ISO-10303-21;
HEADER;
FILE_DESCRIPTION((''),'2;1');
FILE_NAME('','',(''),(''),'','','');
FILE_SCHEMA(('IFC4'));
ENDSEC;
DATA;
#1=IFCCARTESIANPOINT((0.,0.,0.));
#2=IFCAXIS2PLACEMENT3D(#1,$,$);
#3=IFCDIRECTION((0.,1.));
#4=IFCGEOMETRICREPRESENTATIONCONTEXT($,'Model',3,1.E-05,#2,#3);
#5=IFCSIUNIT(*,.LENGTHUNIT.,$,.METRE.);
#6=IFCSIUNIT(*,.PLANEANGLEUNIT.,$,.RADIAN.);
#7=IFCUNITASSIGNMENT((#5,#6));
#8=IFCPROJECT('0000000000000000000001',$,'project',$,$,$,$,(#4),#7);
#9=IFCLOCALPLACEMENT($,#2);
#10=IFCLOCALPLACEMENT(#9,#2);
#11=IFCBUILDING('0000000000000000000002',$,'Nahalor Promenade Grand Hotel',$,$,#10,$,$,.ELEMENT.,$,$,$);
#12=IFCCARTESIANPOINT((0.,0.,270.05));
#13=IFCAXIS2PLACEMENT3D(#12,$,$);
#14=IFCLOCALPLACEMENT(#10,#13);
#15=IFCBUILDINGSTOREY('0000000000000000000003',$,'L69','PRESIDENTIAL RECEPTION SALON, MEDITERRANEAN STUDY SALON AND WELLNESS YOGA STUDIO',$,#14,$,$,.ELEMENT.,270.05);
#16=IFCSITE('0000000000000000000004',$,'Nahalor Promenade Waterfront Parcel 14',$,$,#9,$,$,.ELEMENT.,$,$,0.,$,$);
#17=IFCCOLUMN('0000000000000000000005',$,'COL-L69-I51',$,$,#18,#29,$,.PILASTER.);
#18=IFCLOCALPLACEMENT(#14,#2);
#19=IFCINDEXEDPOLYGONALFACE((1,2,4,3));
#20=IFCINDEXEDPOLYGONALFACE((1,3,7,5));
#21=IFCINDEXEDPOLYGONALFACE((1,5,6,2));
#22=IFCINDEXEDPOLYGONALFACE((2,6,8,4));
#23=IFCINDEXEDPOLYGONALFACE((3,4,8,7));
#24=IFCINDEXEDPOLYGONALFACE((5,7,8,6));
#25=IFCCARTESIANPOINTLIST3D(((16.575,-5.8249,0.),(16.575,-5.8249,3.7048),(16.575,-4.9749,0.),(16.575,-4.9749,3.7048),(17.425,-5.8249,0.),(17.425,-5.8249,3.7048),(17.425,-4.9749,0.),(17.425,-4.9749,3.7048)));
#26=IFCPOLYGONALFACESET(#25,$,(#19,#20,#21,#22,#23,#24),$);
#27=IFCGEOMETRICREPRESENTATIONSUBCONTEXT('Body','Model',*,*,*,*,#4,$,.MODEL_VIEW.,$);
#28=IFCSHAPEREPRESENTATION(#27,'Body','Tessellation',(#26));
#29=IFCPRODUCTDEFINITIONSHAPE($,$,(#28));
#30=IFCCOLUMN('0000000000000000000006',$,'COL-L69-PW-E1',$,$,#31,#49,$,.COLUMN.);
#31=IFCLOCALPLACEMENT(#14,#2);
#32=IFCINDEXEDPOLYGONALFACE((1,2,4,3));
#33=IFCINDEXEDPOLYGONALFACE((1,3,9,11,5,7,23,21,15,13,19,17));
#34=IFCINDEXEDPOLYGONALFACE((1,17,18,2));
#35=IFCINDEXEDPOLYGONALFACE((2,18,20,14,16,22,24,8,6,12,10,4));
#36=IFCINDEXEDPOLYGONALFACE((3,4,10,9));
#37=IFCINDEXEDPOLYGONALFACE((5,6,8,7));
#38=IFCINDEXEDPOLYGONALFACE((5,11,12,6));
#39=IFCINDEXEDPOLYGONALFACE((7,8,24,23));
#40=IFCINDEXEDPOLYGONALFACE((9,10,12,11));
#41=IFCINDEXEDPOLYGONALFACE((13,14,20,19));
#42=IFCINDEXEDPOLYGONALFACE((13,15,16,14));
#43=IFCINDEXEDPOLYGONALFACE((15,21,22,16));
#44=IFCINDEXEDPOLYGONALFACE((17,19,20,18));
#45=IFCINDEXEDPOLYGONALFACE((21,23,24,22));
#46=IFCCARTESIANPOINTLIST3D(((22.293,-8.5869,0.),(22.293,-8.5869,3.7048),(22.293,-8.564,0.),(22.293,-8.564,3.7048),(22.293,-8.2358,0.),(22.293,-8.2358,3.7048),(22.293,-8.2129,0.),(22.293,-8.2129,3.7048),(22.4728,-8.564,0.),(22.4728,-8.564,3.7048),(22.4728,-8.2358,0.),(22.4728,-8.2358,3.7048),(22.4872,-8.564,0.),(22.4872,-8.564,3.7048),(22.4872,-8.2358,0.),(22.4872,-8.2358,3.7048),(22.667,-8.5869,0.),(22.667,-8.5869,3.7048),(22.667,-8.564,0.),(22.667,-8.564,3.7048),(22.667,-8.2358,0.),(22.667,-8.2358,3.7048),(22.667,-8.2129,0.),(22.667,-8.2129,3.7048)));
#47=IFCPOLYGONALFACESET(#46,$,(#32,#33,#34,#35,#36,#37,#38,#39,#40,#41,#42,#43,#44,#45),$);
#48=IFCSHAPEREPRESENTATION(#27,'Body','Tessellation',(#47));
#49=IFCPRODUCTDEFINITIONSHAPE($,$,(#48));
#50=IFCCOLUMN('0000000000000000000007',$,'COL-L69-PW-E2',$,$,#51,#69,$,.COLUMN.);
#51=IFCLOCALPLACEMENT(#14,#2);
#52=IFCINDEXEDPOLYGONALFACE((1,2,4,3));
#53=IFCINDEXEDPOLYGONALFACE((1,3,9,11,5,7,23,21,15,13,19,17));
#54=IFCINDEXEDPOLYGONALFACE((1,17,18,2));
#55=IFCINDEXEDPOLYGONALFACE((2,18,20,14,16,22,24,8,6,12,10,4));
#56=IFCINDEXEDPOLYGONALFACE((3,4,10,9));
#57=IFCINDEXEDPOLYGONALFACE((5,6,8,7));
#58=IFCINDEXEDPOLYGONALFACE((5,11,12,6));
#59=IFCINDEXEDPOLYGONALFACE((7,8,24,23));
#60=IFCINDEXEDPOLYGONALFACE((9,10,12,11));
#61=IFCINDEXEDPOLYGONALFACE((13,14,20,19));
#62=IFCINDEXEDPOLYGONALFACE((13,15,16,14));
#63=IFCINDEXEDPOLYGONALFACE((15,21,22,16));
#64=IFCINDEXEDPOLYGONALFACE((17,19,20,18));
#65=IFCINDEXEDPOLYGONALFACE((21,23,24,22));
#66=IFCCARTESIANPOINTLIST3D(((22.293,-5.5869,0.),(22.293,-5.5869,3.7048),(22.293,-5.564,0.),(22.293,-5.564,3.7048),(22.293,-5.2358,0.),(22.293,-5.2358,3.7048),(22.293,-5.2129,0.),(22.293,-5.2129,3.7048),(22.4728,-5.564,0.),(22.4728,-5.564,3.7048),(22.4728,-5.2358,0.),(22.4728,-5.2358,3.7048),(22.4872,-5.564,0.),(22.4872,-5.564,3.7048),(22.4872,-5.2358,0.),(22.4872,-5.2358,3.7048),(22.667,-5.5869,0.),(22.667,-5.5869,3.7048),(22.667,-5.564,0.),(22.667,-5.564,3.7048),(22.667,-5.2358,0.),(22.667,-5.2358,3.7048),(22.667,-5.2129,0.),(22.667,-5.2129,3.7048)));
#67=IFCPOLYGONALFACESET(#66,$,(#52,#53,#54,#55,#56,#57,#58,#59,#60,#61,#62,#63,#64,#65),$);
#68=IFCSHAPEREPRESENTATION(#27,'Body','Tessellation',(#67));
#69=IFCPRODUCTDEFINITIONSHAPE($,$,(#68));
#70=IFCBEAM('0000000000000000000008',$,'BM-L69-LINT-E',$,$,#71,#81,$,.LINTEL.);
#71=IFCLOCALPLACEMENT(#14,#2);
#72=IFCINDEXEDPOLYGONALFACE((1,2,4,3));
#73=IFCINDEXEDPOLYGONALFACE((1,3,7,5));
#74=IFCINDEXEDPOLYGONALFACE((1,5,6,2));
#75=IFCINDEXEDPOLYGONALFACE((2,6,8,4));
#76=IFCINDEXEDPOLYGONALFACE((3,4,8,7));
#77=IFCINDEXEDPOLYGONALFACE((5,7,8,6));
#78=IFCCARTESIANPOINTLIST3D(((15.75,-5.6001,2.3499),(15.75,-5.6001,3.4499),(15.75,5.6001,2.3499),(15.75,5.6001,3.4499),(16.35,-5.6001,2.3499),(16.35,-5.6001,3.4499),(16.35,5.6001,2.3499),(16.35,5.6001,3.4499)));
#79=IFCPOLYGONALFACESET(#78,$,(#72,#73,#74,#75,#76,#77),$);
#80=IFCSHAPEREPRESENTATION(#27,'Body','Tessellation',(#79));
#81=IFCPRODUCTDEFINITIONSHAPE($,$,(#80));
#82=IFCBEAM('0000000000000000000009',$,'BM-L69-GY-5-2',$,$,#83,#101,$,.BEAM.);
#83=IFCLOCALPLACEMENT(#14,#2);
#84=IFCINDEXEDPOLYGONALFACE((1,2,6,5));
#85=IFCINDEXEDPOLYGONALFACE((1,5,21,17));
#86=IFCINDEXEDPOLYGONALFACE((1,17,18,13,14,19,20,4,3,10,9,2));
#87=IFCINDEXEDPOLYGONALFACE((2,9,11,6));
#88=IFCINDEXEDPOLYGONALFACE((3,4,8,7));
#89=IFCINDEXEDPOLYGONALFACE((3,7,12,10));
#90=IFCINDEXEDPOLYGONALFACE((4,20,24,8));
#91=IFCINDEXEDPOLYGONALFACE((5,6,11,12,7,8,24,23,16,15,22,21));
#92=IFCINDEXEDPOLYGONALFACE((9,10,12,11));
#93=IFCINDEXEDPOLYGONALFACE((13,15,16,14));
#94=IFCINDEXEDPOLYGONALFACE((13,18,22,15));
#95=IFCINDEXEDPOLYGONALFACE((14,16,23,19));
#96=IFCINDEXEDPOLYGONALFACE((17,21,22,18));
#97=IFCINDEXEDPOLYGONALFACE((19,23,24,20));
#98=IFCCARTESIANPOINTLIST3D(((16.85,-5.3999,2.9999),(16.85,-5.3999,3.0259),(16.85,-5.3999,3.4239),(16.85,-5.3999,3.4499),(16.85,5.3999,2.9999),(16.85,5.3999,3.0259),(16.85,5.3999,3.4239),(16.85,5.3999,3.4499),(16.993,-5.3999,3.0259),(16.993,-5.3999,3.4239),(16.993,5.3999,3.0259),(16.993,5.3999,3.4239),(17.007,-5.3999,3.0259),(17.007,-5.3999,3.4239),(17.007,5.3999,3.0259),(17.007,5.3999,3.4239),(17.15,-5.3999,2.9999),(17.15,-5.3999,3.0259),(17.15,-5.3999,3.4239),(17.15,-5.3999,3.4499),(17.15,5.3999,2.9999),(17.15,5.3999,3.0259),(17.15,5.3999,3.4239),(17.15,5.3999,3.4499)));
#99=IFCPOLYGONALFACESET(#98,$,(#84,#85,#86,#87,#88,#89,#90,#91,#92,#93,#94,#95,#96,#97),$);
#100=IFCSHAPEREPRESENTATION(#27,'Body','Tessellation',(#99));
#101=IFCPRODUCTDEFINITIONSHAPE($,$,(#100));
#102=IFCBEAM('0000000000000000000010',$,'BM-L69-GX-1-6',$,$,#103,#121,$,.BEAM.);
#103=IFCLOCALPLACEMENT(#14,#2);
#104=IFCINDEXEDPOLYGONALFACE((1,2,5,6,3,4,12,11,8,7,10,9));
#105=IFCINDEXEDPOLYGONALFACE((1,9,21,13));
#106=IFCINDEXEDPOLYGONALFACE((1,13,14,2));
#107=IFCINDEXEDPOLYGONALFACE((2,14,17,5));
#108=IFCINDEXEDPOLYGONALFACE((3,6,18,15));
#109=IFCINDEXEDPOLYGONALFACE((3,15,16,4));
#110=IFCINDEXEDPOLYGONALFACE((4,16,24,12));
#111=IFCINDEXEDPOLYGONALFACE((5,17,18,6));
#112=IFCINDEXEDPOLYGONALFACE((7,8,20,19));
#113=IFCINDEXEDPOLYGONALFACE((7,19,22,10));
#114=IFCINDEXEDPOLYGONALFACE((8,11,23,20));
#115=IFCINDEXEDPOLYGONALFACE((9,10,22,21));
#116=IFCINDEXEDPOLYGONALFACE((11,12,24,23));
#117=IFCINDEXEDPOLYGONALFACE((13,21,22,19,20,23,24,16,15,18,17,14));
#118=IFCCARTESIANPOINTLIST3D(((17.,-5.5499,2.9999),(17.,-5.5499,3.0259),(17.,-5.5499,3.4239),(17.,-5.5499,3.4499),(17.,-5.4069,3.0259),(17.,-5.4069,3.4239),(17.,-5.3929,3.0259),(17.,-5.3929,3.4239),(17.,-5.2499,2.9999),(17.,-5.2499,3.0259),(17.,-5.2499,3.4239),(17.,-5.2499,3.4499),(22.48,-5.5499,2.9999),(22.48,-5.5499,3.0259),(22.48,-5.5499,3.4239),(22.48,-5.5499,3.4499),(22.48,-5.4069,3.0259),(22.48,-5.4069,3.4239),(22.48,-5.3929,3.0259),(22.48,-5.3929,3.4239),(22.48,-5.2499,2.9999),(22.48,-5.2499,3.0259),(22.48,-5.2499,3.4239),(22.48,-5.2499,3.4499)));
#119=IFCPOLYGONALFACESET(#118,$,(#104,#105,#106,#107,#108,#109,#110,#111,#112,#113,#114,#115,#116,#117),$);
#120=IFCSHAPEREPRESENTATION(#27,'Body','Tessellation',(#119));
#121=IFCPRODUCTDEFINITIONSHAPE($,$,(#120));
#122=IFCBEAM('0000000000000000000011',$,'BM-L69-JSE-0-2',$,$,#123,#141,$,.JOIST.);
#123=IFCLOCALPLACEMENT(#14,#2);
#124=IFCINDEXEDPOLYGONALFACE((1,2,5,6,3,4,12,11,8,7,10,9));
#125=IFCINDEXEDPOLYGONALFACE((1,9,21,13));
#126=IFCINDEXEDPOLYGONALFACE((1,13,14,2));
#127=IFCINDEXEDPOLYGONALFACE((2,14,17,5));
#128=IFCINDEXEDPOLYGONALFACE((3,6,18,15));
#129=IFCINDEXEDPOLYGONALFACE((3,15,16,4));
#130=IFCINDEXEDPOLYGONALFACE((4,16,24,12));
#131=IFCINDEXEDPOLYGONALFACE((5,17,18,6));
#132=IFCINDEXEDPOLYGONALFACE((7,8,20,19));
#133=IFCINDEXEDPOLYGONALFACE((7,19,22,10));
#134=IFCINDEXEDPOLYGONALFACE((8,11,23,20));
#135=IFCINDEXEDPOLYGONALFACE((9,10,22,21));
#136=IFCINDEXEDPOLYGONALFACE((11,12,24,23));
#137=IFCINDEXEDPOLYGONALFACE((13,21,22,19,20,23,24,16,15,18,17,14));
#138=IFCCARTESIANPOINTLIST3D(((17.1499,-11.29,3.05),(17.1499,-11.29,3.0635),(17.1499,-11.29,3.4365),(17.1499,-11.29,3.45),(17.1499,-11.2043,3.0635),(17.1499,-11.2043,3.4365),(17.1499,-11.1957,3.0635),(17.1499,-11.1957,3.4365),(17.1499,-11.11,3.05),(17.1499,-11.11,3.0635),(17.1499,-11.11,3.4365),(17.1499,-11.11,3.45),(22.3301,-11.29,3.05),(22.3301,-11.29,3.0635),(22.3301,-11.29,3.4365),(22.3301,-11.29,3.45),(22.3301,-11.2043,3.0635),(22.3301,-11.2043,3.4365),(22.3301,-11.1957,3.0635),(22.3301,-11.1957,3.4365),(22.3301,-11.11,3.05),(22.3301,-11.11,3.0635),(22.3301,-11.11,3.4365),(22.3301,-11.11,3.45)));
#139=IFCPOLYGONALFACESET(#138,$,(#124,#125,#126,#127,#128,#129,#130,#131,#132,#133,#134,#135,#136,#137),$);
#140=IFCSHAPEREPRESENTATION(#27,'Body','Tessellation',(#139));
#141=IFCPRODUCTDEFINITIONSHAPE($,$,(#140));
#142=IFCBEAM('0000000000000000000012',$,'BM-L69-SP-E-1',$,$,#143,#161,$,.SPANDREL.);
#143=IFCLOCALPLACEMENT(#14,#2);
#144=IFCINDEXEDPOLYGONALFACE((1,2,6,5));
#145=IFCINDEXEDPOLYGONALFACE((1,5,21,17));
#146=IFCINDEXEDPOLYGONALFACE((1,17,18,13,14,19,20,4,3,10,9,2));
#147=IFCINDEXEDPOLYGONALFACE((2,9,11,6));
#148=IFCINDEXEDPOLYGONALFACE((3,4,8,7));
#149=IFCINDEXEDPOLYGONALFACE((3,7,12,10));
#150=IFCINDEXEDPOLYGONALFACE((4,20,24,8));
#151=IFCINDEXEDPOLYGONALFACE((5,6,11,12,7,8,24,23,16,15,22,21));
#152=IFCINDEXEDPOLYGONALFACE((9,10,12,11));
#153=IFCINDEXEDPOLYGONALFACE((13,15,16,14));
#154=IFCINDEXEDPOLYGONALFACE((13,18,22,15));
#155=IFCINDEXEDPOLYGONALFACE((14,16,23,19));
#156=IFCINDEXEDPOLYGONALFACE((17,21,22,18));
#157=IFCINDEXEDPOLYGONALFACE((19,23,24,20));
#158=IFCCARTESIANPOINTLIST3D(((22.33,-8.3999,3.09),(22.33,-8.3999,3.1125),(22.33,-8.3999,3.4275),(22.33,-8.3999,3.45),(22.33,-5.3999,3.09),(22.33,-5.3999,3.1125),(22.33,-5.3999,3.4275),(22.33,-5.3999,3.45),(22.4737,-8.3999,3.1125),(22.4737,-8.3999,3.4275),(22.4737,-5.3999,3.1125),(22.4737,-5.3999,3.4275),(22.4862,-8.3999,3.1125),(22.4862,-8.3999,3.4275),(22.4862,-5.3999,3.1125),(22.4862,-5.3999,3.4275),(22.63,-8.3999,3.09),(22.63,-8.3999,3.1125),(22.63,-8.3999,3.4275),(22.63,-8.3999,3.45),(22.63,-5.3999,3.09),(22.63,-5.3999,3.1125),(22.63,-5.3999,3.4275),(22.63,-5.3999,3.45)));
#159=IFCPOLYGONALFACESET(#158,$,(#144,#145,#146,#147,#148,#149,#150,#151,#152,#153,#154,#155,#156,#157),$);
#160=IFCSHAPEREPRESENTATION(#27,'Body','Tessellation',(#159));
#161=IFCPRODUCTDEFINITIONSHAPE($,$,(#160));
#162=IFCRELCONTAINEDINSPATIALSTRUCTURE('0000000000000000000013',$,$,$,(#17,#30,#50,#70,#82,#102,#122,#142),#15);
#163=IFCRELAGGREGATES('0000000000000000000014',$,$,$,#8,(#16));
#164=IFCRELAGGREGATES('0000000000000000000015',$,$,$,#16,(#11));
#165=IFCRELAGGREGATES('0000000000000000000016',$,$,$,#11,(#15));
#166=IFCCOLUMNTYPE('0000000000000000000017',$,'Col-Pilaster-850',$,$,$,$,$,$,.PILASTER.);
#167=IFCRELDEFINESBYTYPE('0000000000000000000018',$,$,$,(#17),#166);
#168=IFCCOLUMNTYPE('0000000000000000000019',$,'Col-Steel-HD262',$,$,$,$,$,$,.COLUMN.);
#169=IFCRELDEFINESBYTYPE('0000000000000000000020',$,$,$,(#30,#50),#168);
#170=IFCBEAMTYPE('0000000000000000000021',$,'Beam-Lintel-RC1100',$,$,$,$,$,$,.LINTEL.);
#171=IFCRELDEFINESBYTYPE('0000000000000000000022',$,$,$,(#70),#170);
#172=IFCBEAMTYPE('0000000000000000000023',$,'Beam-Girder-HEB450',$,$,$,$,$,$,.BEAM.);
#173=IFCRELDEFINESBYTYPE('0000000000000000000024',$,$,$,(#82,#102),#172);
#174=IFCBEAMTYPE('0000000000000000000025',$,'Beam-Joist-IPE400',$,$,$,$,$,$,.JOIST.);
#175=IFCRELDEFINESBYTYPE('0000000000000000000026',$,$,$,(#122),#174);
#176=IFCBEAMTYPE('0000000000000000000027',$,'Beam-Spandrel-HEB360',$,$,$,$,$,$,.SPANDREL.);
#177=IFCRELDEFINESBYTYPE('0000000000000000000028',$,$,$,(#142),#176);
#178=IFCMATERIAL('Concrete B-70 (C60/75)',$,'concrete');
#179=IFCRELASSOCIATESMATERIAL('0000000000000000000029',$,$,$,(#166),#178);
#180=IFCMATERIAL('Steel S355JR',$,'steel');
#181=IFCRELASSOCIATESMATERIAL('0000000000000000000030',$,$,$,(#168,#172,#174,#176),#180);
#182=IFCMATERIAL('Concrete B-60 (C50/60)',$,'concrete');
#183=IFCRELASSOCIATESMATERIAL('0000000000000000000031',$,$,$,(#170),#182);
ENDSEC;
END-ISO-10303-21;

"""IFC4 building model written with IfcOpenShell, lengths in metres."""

from ifc_helpers import new_model, si_unit, direction, frame, origin, origin_2d, place, context, subcontext, project, spatial, rectangle, i_section, extrude, source, transform, mapped, material, material_profile, profile_set, type_object, element, save


model = new_model("IFC4")

# Units and contexts
model_context = context("Model", 3, precision=1e-05, world=origin(), true_north=direction((0.0, 1.0)))
body_context = subcontext(model_context, "Body", "Model", "MODEL_VIEW")
ifc_project = project(units=[si_unit("LENGTHUNIT", "METRE"), si_unit("PLANEANGLEUNIT", "RADIAN")], contexts=[model_context])

# Site, building, storey
site_placement = place(None, origin())
site = spatial("IfcSite", under=ifc_project, at=site_placement, Name="Nahalor Promenade Waterfront Parcel 14", CompositionType="ELEMENT", RefElevation=0.0)
building_placement = place(site_placement, origin())
building = spatial("IfcBuilding", under=site, at=building_placement, Name="Nahalor Promenade Grand Hotel", CompositionType="ELEMENT")
storey_placement = place(building_placement, frame((0.0, 0.0, 270.05)))
storey = spatial("IfcBuildingStorey", under=building, at=storey_placement, Name="L69", Description="PRESIDENTIAL RECEPTION SALON, MEDITERRANEAN STUDY SALON AND WELLNESS YOGA STUDIO", CompositionType="ELEMENT", Elevation=270.05)

# Columns
ifc_material_1 = material(Name="Concrete B-70 (C60/75)", Category="concrete")
ifc_material_profile_1 = material_profile(ifc_material_1, rectangle(XDim=0.85, YDim=0.85, at=origin_2d()), Name="RC 850x850")
ifc_profile_set_1 = profile_set([ifc_material_profile_1], Name="Concrete B-70 (C60/75)")
column_type_1 = type_object("IfcColumnType", Name="Col-Pilaster-850", PredefinedType="PILASTER", material=ifc_profile_set_1)
shared_shape_1 = source(origin(), body_context, "Body", "SweptSolid", [
    extrude(rectangle(XDim=0.85, YDim=0.85, at=origin_2d()), origin(), (0.0, 0.0, 1.0), 3.7048),
])
column_placement = place(storey_placement, frame((17.0, -5.3999, 0.0), z_axis=(0.0, 0.0, 1.0), x_axis=(1.0, 0.0, 0.0)))
element("IfcColumn", 1, at=column_placement, inside=storey, type_object=column_type_1, Name="COL-L69-I51", PredefinedType="PILASTER", context=body_context, shape_type="MappedRepresentation", body=[
    mapped(shared_shape_1, transform((0.0, 0.0, 0.0), scale=1.0)),
])
ifc_material_2 = material(Name="Steel S355JR", Category="steel")
ifc_material_profile_2 = material_profile(ifc_material_2, i_section(OverallWidth=0.374, OverallDepth=0.374, WebThickness=0.0144, FlangeThickness=0.0229, at=origin_2d()), Name="HD 360x262")
ifc_profile_set_2 = profile_set([ifc_material_profile_2], Name="Steel S355JR")
column_type_2 = type_object("IfcColumnType", Name="Col-Steel-HD262", PredefinedType="COLUMN", material=ifc_profile_set_2)
shared_shape_2 = source(origin(), body_context, "Body", "SweptSolid", [
    extrude(i_section(OverallWidth=0.374, OverallDepth=0.374, WebThickness=0.0144, FlangeThickness=0.0229, at=origin_2d()), origin(), (0.0, 0.0, 1.0), 3.7048),
])
for number, where, z_axis, x_axis, name in (
    (2, (22.48, -8.3999, 0.0), (0.0, 0.0, 1.0), (1.0, 0.0, 0.0), "COL-L69-PW-E1"),
    (3, (22.48, -5.3999, 0.0), (0.0, 0.0, 1.0), (1.0, 0.0, 0.0), "COL-L69-PW-E2"),
):
    element("IfcColumn", number, at=place(storey_placement, frame(where, z_axis=z_axis, x_axis=x_axis)), inside=storey, type_object=column_type_2, Name=name, PredefinedType="COLUMN", context=body_context, shape_type="MappedRepresentation", body=[
        mapped(shared_shape_2, transform((0.0, 0.0, 0.0), scale=1.0)),
    ])

# Beams
ifc_material_3 = material(Name="Concrete B-60 (C50/60)", Category="concrete")
ifc_material_profile_3 = material_profile(ifc_material_3, rectangle(XDim=0.6, YDim=1.1, at=origin_2d()), Name="RC 600x1100")
ifc_profile_set_3 = profile_set([ifc_material_profile_3], Name="Concrete B-60 (C50/60)")
beam_type_1 = type_object("IfcBeamType", Name="Beam-Lintel-RC1100", PredefinedType="LINTEL", material=ifc_profile_set_3)
shared_shape_3 = source(origin(), body_context, "Body", "SweptSolid", [
    extrude(rectangle(XDim=0.6, YDim=1.1, at=origin_2d()), origin(), (0.0, 0.0, 1.0), 11.2002),
])
beam_1_placement = place(storey_placement, frame((16.05, -5.6001, 2.8999), z_axis=(0.0, 1.0, 0.0), x_axis=(-1.0, 0.0, 0.0)))
element("IfcBeam", 4, at=beam_1_placement, inside=storey, type_object=beam_type_1, Name="BM-L69-LINT-E", PredefinedType="LINTEL", context=body_context, shape_type="MappedRepresentation", body=[
    mapped(shared_shape_3, transform((0.0, 0.0, 0.0), scale=1.0)),
])
ifc_material_profile_4 = material_profile(ifc_material_2, i_section(OverallWidth=0.3, OverallDepth=0.45, WebThickness=0.014, FlangeThickness=0.026, at=origin_2d()), Name="HEB 450")
ifc_profile_set_4 = profile_set([ifc_material_profile_4], Name="Steel S355JR")
beam_type_2 = type_object("IfcBeamType", Name="Beam-Girder-HEB450", PredefinedType="BEAM", material=ifc_profile_set_4)
shared_shape_4 = source(origin(), body_context, "Body", "SweptSolid", [
    extrude(i_section(OverallWidth=0.3, OverallDepth=0.45, WebThickness=0.014, FlangeThickness=0.026, at=origin_2d()), origin(), (0.0, 0.0, 1.0), 10.7998),
])
beam_2_placement = place(storey_placement, frame((17.0, -5.3999, 3.2249), z_axis=(0.0, 1.0, 0.0), x_axis=(-1.0, 0.0, 0.0)))
element("IfcBeam", 5, at=beam_2_placement, inside=storey, type_object=beam_type_2, Name="BM-L69-GY-5-2", PredefinedType="BEAM", context=body_context, shape_type="MappedRepresentation", body=[
    mapped(shared_shape_4, transform((0.0, 0.0, 0.0), scale=1.0)),
])
shared_shape_5 = source(origin(), body_context, "Body", "SweptSolid", [
    extrude(i_section(OverallWidth=0.3, OverallDepth=0.45, WebThickness=0.014, FlangeThickness=0.026, at=origin_2d()), origin(), (0.0, 0.0, 1.0), 5.48),
])
beam_3_placement = place(storey_placement, frame((17.0, -5.3999, 3.2249), z_axis=(1.0, 0.0, 0.0), x_axis=(0.0, 1.0, 0.0)))
element("IfcBeam", 6, at=beam_3_placement, inside=storey, type_object=beam_type_2, Name="BM-L69-GX-1-6", PredefinedType="BEAM", context=body_context, shape_type="MappedRepresentation", body=[
    mapped(shared_shape_5, transform((0.0, 0.0, 0.0), scale=1.0)),
])
ifc_material_profile_5 = material_profile(ifc_material_2, i_section(OverallWidth=0.18, OverallDepth=0.4, WebThickness=0.0086, FlangeThickness=0.0135, at=origin_2d()), Name="IPE 400")
ifc_profile_set_5 = profile_set([ifc_material_profile_5], Name="Steel S355JR")
beam_type_3 = type_object("IfcBeamType", Name="Beam-Joist-IPE400", PredefinedType="JOIST", material=ifc_profile_set_5)
shared_shape_6 = source(origin(), body_context, "Body", "SweptSolid", [
    extrude(i_section(OverallWidth=0.18, OverallDepth=0.4, WebThickness=0.0086, FlangeThickness=0.0135, at=origin_2d()), origin(), (0.0, 0.0, 1.0), 5.1802),
])
beam_4_placement = place(storey_placement, frame((17.1499, -11.2, 3.25), z_axis=(1.0, 0.0, 0.0), x_axis=(0.0, 1.0, 0.0)))
element("IfcBeam", 7, at=beam_4_placement, inside=storey, type_object=beam_type_3, Name="BM-L69-JSE-0-2", PredefinedType="JOIST", context=body_context, shape_type="MappedRepresentation", body=[
    mapped(shared_shape_6, transform((0.0, 0.0, 0.0), scale=1.0)),
])
ifc_material_profile_6 = material_profile(ifc_material_2, i_section(OverallWidth=0.3, OverallDepth=0.36, WebThickness=0.0125, FlangeThickness=0.0225, at=origin_2d()), Name="HEB 360")
ifc_profile_set_6 = profile_set([ifc_material_profile_6], Name="Steel S355JR")
beam_type_4 = type_object("IfcBeamType", Name="Beam-Spandrel-HEB360", PredefinedType="SPANDREL", material=ifc_profile_set_6)
shared_shape_7 = source(origin(), body_context, "Body", "SweptSolid", [
    extrude(i_section(OverallWidth=0.3, OverallDepth=0.36, WebThickness=0.0125, FlangeThickness=0.0225, at=origin_2d()), origin(), (0.0, 0.0, 1.0), 3.0),
])
beam_5_placement = place(storey_placement, frame((22.48, -8.3999, 3.27), z_axis=(0.0, 1.0, 0.0), x_axis=(-1.0, 0.0, 0.0)))
element("IfcBeam", 8, at=beam_5_placement, inside=storey, type_object=beam_type_4, Name="BM-L69-SP-E-1", PredefinedType="SPANDREL", context=body_context, shape_type="MappedRepresentation", body=[
    mapped(shared_shape_7, transform((0.0, 0.0, 0.0), scale=1.0)),
])

save(model, "model.ifc")
